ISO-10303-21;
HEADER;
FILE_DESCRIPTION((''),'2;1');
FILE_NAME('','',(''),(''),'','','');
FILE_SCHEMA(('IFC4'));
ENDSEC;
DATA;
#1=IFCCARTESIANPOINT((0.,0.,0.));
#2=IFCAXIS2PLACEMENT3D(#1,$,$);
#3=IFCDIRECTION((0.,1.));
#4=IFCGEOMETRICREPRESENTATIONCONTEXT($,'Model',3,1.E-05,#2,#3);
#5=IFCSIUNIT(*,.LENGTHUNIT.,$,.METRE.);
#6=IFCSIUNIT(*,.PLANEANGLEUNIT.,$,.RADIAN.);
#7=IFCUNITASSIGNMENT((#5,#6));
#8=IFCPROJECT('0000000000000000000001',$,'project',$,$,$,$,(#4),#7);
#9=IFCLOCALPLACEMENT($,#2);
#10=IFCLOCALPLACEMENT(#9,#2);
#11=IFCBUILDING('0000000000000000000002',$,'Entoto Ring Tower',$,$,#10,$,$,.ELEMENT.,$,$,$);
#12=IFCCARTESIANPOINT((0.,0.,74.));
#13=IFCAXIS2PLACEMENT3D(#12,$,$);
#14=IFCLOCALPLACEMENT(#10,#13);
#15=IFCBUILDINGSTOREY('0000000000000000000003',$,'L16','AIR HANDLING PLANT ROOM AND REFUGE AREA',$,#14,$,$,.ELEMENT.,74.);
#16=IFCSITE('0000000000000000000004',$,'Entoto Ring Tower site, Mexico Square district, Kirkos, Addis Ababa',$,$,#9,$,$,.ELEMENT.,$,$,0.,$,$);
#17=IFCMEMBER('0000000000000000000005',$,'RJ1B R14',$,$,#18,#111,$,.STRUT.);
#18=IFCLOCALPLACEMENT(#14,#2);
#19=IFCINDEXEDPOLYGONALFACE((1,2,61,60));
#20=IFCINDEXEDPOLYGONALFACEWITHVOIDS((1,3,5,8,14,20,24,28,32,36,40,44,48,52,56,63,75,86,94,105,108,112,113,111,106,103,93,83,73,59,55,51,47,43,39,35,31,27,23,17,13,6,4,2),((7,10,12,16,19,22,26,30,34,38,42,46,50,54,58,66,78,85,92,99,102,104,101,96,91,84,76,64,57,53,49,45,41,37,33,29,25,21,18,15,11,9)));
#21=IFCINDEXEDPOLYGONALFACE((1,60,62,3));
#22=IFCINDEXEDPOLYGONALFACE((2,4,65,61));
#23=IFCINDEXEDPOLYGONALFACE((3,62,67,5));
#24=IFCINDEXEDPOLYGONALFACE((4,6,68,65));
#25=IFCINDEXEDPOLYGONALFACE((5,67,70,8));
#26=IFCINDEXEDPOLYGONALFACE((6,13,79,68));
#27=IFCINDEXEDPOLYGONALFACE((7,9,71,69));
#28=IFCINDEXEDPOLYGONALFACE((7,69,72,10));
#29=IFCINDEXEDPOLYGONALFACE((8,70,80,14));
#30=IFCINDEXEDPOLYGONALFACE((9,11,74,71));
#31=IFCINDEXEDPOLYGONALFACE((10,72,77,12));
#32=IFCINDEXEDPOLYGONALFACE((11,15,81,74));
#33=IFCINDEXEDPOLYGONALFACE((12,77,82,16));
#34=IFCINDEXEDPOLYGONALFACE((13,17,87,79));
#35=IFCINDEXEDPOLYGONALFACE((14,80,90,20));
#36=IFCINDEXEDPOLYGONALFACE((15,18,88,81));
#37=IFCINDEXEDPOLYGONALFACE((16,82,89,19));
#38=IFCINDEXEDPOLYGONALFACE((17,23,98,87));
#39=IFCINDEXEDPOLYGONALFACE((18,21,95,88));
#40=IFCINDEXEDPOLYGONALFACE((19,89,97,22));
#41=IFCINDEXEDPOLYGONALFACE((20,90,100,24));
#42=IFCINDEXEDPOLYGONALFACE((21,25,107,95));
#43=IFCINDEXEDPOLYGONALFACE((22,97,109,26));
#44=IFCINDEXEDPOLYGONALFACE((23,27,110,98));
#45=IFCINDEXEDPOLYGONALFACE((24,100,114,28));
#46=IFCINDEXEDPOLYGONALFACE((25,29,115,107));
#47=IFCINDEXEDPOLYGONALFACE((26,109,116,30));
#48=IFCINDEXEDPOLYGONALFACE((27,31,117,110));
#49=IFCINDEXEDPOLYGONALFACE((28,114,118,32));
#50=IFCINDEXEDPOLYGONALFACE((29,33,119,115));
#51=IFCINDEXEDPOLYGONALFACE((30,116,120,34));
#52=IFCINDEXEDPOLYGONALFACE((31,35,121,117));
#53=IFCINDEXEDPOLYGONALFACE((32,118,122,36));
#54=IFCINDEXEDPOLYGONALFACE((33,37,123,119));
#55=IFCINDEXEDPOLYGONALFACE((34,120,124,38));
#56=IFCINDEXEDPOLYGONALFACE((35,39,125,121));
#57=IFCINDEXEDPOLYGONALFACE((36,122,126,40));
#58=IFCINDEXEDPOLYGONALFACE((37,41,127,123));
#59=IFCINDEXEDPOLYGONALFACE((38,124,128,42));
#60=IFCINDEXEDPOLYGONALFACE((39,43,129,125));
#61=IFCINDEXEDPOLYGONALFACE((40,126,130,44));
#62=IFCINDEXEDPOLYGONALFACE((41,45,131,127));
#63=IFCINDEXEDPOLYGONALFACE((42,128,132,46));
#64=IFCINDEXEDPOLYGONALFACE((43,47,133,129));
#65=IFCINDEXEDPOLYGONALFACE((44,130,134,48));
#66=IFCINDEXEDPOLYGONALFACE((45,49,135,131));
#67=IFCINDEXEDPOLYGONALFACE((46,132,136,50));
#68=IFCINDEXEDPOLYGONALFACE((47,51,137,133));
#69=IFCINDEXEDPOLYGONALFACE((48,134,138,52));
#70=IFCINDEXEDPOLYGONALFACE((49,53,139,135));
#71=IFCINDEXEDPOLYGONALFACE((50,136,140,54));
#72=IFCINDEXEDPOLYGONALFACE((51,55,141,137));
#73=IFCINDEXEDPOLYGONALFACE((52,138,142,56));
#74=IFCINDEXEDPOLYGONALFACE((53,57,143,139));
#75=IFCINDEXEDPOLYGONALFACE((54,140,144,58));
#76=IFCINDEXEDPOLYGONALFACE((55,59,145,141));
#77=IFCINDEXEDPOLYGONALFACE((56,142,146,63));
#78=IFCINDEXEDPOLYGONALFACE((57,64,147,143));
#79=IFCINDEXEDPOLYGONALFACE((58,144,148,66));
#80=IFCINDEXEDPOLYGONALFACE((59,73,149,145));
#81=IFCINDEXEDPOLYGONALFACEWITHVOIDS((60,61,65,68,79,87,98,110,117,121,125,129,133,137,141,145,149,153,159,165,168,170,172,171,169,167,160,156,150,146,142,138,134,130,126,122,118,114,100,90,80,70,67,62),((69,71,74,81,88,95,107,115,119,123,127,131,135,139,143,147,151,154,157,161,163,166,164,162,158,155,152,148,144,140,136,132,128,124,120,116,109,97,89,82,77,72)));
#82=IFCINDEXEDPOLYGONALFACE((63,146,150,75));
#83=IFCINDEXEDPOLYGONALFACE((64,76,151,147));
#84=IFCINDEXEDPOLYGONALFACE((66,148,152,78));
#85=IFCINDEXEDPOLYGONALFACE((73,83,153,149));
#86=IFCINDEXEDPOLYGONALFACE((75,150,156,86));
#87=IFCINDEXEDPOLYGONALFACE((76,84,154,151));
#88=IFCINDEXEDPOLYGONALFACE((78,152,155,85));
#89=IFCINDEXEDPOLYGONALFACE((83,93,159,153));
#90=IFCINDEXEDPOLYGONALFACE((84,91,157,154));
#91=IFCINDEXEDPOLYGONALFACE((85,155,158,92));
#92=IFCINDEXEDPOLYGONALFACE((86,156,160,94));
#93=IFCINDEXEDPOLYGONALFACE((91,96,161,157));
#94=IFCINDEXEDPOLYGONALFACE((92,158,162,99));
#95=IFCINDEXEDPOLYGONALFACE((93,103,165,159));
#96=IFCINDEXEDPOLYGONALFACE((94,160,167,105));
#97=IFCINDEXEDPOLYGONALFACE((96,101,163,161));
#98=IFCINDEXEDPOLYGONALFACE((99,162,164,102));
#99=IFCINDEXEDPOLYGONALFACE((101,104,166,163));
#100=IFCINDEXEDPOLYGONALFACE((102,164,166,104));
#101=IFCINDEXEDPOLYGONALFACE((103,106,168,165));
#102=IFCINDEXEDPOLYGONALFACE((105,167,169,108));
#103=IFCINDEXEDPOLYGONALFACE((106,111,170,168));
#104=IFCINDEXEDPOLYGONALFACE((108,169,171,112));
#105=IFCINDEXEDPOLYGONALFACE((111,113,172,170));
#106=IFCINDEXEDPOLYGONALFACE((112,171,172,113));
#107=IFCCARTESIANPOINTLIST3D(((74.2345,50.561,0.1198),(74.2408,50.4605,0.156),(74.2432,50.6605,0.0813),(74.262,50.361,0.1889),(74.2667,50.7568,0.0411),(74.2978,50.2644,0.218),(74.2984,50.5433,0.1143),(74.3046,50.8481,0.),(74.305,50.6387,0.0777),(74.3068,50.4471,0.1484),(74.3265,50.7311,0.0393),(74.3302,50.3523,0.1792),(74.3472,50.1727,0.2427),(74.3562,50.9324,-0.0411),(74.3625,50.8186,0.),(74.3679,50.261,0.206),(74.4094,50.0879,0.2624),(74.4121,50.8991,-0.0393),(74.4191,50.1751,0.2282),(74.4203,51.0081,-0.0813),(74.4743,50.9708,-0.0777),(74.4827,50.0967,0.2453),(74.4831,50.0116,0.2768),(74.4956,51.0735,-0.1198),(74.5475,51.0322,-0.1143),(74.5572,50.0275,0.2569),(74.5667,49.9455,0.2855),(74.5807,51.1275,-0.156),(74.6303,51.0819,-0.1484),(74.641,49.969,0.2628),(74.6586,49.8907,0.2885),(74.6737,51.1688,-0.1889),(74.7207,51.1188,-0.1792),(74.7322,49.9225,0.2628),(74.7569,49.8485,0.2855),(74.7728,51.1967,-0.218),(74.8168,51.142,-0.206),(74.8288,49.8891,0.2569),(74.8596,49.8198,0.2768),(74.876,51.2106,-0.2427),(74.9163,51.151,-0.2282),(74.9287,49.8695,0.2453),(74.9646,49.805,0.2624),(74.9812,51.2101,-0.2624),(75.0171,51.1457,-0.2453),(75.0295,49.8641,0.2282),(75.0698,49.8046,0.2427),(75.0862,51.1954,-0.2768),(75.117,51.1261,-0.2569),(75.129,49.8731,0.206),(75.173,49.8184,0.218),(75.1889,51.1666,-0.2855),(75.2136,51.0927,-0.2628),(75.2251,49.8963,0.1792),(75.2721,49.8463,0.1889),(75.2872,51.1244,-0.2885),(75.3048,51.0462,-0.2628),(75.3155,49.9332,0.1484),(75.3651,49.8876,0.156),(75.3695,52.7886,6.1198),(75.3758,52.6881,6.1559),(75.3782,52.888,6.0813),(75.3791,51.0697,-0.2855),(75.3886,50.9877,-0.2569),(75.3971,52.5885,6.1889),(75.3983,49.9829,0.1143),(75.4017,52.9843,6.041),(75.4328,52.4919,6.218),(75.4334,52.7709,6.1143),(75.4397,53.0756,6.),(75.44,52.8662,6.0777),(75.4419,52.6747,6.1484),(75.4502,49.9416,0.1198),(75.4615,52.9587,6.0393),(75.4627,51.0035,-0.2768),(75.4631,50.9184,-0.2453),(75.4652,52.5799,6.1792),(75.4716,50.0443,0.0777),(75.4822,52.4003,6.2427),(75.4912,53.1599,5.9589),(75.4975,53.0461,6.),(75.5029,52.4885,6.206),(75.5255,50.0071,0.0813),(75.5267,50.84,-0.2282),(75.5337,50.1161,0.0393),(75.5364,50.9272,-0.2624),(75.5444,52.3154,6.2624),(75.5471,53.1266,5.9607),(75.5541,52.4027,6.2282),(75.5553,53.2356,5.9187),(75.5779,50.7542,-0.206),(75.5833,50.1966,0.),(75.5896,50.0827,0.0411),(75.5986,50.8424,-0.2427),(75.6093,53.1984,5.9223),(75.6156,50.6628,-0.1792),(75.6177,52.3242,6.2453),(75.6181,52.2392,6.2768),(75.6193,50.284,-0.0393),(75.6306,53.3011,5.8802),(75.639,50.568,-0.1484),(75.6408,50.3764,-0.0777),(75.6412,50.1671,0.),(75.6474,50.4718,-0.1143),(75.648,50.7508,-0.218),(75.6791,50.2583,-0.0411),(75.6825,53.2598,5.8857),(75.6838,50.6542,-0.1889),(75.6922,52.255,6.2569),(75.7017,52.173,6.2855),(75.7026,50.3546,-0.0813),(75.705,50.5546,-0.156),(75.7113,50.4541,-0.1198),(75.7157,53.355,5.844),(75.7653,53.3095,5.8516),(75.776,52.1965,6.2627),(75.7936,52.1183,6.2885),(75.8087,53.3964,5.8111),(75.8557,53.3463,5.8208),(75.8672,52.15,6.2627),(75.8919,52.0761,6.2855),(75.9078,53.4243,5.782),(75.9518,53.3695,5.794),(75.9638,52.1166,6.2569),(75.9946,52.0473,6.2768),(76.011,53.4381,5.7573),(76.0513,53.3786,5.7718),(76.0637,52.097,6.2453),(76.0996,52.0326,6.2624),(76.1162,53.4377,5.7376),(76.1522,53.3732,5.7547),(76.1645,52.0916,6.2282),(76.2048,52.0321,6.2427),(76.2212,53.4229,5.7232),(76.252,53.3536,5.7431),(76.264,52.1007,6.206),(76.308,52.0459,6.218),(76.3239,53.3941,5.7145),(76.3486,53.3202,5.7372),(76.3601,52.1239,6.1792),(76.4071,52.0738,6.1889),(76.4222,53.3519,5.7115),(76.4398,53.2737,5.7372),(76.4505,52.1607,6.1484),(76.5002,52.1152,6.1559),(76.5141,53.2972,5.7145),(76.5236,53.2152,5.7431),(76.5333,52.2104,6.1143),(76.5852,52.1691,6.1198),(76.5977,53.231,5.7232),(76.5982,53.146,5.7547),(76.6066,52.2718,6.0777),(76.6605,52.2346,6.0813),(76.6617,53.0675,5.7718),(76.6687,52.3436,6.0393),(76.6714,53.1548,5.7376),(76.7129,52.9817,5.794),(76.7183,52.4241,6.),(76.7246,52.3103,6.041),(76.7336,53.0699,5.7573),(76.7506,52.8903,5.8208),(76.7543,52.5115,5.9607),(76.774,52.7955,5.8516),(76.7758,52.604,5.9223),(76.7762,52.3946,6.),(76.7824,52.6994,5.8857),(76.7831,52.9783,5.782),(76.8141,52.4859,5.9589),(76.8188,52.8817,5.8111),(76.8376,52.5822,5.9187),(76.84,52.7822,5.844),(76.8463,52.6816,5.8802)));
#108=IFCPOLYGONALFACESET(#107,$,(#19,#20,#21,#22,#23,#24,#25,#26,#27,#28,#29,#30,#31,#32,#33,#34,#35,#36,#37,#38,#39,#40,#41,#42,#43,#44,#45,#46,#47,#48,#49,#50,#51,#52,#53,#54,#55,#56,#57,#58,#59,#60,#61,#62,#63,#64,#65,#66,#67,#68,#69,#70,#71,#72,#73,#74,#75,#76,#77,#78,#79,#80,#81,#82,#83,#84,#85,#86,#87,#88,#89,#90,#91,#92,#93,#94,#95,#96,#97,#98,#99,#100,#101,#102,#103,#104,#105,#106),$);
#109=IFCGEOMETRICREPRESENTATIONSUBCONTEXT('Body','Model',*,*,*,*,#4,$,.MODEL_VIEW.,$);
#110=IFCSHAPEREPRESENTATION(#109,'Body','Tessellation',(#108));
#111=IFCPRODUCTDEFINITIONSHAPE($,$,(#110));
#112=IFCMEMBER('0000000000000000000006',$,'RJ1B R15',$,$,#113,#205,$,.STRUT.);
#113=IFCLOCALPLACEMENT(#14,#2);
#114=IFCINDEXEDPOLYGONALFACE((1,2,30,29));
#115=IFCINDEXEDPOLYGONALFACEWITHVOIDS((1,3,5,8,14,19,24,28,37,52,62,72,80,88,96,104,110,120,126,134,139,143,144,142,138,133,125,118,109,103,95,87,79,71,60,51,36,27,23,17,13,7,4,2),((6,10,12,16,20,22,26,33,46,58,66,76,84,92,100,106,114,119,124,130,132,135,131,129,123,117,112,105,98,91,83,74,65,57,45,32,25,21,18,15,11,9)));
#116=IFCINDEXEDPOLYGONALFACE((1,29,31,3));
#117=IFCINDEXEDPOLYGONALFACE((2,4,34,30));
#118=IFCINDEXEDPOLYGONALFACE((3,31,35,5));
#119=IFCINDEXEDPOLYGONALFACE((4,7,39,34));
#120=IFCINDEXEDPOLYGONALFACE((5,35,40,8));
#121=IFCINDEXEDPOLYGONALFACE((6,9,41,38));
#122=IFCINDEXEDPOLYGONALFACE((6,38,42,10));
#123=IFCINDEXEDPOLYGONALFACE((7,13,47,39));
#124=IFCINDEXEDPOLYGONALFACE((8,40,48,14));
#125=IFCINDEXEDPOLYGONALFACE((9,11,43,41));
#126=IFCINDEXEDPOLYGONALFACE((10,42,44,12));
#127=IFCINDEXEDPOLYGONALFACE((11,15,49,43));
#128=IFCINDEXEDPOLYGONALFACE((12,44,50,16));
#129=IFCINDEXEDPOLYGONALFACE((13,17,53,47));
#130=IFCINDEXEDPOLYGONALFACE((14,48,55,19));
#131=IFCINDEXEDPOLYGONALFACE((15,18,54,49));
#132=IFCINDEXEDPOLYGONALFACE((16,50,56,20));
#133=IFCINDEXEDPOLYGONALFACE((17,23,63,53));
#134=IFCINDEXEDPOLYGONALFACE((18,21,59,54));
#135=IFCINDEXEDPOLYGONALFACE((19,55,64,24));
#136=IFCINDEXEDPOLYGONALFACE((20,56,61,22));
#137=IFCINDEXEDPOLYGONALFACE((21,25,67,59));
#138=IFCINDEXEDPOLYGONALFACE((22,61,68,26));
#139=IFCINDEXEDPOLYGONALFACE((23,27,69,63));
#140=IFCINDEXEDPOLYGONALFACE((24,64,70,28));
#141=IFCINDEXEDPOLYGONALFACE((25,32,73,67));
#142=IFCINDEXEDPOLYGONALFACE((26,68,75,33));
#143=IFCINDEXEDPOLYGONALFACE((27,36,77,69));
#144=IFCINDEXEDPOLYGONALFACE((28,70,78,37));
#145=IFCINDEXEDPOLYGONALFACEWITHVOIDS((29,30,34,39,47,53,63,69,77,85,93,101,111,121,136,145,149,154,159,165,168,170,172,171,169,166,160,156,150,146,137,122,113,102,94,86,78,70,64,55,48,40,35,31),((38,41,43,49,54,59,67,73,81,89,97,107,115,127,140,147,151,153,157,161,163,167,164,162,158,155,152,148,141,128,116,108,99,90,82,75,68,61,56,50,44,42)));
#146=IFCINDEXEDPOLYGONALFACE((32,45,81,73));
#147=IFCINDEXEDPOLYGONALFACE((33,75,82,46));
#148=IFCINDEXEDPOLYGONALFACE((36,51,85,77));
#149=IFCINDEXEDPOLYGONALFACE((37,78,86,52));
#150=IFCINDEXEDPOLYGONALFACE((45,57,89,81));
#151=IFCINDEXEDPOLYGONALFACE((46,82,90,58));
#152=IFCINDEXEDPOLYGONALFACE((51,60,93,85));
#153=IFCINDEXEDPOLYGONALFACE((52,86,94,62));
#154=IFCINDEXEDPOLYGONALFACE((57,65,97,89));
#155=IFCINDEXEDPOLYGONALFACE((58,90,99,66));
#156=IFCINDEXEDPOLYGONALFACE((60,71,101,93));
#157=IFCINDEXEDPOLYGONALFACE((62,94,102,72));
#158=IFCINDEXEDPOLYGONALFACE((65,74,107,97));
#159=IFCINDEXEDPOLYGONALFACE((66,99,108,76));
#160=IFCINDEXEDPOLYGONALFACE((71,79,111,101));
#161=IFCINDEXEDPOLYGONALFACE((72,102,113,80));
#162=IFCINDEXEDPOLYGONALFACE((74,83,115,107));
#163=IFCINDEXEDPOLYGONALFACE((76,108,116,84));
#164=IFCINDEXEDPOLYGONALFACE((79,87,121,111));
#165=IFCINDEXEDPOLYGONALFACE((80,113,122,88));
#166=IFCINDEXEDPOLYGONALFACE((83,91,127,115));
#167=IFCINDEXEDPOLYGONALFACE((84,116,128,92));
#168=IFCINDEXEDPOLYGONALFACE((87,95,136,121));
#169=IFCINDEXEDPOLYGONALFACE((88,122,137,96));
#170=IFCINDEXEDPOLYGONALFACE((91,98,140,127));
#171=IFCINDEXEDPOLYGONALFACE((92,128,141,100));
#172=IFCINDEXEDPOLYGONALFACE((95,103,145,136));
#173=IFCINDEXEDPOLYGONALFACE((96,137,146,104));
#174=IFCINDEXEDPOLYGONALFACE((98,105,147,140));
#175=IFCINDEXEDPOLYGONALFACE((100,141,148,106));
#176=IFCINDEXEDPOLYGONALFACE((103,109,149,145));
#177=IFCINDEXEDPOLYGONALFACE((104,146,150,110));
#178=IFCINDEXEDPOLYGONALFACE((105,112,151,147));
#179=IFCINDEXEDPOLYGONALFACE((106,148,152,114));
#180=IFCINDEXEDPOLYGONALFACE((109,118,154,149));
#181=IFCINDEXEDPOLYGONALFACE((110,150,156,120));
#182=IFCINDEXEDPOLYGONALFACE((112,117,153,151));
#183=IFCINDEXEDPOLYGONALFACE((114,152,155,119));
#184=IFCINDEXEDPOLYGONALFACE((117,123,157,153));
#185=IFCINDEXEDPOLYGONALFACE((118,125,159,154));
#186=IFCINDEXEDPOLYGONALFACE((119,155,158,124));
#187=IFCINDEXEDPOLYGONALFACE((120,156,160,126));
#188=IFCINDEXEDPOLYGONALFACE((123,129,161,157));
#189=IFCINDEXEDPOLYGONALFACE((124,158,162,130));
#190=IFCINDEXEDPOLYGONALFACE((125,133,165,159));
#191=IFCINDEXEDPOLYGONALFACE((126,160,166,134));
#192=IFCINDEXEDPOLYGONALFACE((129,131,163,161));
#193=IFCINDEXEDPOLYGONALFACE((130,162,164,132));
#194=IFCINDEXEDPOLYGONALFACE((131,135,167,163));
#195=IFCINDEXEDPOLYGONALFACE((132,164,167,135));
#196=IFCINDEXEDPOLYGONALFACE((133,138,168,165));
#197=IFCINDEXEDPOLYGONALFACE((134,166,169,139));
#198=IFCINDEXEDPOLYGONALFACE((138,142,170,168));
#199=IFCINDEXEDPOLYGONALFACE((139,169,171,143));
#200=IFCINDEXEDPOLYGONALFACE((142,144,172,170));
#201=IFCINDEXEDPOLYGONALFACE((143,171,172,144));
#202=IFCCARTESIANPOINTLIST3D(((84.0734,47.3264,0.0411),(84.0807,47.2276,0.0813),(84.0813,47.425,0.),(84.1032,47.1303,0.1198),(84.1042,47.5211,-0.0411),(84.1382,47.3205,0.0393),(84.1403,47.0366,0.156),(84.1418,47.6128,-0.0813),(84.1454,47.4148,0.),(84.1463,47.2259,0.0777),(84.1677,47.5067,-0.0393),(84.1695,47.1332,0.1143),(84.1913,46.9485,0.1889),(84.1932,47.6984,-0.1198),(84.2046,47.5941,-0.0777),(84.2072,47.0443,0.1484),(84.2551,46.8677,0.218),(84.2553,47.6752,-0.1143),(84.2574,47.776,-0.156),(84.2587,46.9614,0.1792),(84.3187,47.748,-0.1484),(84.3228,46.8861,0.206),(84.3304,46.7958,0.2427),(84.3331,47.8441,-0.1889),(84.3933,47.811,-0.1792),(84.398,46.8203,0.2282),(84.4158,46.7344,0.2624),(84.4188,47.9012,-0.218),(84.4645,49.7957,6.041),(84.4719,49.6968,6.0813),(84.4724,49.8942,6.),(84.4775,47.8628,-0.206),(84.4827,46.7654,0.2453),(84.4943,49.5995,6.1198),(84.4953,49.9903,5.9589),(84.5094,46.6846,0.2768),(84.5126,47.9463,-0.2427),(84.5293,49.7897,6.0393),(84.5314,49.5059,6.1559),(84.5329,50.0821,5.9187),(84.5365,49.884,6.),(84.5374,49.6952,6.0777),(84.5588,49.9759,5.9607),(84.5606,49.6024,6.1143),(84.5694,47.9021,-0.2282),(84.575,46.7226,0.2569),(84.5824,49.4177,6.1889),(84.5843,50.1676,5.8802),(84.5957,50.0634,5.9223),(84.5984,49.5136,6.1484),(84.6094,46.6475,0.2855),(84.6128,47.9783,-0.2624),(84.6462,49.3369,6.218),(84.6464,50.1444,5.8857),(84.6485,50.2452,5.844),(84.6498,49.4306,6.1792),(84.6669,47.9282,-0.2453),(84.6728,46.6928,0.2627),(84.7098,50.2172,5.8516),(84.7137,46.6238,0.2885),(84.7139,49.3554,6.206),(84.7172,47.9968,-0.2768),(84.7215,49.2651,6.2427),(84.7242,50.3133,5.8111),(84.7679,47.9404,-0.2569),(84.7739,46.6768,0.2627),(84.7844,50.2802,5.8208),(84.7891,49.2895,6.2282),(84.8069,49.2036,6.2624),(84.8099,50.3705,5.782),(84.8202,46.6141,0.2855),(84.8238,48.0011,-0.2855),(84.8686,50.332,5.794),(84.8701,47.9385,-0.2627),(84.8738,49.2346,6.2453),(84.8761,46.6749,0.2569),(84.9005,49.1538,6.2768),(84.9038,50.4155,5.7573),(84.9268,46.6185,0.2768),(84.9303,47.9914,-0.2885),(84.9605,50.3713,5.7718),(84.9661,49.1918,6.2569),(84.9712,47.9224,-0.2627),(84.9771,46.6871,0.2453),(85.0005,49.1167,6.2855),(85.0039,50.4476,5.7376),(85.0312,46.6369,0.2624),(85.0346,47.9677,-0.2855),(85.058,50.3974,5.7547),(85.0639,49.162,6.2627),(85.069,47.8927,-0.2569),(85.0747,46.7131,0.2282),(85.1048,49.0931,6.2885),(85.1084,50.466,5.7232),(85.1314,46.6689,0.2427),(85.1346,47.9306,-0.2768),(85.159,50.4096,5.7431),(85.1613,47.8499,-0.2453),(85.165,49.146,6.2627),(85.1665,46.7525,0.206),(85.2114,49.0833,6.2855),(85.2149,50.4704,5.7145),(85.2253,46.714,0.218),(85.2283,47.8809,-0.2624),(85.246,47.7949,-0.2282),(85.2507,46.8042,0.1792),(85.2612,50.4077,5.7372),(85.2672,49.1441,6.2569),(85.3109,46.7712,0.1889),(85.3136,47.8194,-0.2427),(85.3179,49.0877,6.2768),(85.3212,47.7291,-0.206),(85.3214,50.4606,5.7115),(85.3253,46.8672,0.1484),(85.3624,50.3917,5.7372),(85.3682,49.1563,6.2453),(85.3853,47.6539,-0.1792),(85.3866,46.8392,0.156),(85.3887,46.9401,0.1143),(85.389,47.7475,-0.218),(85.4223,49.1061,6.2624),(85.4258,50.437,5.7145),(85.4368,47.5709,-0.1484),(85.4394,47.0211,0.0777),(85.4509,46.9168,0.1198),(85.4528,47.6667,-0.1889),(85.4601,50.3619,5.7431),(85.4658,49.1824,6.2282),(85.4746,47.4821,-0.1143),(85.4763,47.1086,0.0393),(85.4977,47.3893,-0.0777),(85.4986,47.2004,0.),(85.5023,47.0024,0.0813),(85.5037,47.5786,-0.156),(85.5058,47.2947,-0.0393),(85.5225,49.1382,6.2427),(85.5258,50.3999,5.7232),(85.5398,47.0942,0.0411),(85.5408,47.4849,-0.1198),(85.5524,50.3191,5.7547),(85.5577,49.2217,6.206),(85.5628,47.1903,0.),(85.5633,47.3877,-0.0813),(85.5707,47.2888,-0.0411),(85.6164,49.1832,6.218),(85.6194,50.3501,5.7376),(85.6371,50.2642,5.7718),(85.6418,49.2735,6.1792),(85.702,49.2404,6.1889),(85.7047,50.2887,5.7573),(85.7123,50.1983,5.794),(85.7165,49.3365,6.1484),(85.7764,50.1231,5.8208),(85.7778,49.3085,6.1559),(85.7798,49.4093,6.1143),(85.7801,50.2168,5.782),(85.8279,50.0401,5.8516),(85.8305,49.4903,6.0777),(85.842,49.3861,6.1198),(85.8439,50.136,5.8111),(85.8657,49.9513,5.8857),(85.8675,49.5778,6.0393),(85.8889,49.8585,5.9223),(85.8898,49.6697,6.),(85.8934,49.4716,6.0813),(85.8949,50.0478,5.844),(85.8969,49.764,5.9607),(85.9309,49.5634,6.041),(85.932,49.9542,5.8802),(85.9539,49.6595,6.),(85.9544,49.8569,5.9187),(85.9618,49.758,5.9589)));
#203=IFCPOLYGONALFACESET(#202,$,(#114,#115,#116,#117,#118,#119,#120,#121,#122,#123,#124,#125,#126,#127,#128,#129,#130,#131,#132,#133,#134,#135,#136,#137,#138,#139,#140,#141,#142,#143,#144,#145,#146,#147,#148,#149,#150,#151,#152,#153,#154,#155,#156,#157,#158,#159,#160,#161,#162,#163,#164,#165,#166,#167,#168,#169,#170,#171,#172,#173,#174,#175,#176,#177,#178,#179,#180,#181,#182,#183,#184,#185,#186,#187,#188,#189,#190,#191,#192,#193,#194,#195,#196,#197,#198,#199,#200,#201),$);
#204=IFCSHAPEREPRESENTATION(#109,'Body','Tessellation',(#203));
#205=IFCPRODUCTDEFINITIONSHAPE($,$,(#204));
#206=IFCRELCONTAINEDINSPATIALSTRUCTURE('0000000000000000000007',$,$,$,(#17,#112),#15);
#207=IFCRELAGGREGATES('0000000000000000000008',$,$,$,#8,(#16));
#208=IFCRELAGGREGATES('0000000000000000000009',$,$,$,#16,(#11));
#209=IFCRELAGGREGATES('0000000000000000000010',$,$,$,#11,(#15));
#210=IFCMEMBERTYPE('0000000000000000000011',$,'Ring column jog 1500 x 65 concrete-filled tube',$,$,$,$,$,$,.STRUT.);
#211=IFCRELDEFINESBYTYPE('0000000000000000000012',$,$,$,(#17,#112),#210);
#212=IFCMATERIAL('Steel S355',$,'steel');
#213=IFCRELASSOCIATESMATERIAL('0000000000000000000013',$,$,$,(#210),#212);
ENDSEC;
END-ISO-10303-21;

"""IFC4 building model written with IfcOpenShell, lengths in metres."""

from ifc_helpers import new_model, si_unit, direction, frame, origin, origin_2d, place, context, subcontext, project, spatial, circle, hollow_circle, extrude, material, material_profile, profile_set, type_object, element, save


model = new_model("IFC4")

# Units and contexts
model_context = context("Model", 3, precision=1e-05, world=origin(), true_north=direction((0.0, 1.0)))
body_context = subcontext(model_context, "Body", "Model", "MODEL_VIEW")
ifc_project = project(units=[si_unit("LENGTHUNIT", "METRE"), si_unit("PLANEANGLEUNIT", "RADIAN")], contexts=[model_context])

# Site, building, storey
site_placement = place(None, origin())
site = spatial("IfcSite", under=ifc_project, at=site_placement, Name="Entoto Ring Tower site, Mexico Square district, Kirkos, Addis Ababa", CompositionType="ELEMENT", RefElevation=0.0)
building_placement = place(site_placement, origin())
building = spatial("IfcBuilding", under=site, at=building_placement, Name="Entoto Ring Tower", CompositionType="ELEMENT")
storey_placement = place(building_placement, frame((0.0, 0.0, 74.0)))
storey = spatial("IfcBuildingStorey", under=building, at=storey_placement, Name="L16", Description="AIR HANDLING PLANT ROOM AND REFUGE AREA", CompositionType="ELEMENT", Elevation=74.0)

# Members
ifc_material_1 = material(Name="Steel S355", Category="steel")
ifc_material_profile_1 = material_profile(ifc_material_1, hollow_circle(Radius=0.75, WallThickness=0.0649, at=origin_2d()), Name="CHS 1500 x 65")
ifc_material_2 = material(Name="Concrete C60/75", Category="concrete")
ifc_material_profile_2 = material_profile(ifc_material_2, circle(Radius=0.6851, at=origin_2d()), Name="Concrete C60/75 infill")
ifc_profile_set_1 = profile_set([ifc_material_profile_1, ifc_material_profile_2], Name="Steel S355")
member_type_1 = type_object("IfcMemberType", Name="Ring column jog 1500 x 65 concrete-filled tube", PredefinedType="STRUT", material=ifc_profile_set_1)
for number, where, z_axis, x_axis, name in (
    (1, (74.9729, 50.5076, 0.0), (0.174617, 0.342698, 0.923075), (-0.891003, 0.453997, 0.0), "RJ1B R14"),
    (2, (84.822, 47.3076, 0.0), (0.060171, 0.379882, 0.923076), (-0.987687, 0.156444, 0.0), "RJ1B R15"),
):
    element("IfcMember", number, at=place(storey_placement, frame(where, z_axis=z_axis, x_axis=x_axis)), inside=storey, type_object=member_type_1, Name=name, PredefinedType="STRUT", context=body_context, shape_type="SweptSolid", body=[
        extrude(hollow_circle(Radius=0.75, WallThickness=0.0649, at=origin_2d()), origin(), (0.0, 0.0, 1.0), 6.5),
    ])

save(model, "model.ifc")
